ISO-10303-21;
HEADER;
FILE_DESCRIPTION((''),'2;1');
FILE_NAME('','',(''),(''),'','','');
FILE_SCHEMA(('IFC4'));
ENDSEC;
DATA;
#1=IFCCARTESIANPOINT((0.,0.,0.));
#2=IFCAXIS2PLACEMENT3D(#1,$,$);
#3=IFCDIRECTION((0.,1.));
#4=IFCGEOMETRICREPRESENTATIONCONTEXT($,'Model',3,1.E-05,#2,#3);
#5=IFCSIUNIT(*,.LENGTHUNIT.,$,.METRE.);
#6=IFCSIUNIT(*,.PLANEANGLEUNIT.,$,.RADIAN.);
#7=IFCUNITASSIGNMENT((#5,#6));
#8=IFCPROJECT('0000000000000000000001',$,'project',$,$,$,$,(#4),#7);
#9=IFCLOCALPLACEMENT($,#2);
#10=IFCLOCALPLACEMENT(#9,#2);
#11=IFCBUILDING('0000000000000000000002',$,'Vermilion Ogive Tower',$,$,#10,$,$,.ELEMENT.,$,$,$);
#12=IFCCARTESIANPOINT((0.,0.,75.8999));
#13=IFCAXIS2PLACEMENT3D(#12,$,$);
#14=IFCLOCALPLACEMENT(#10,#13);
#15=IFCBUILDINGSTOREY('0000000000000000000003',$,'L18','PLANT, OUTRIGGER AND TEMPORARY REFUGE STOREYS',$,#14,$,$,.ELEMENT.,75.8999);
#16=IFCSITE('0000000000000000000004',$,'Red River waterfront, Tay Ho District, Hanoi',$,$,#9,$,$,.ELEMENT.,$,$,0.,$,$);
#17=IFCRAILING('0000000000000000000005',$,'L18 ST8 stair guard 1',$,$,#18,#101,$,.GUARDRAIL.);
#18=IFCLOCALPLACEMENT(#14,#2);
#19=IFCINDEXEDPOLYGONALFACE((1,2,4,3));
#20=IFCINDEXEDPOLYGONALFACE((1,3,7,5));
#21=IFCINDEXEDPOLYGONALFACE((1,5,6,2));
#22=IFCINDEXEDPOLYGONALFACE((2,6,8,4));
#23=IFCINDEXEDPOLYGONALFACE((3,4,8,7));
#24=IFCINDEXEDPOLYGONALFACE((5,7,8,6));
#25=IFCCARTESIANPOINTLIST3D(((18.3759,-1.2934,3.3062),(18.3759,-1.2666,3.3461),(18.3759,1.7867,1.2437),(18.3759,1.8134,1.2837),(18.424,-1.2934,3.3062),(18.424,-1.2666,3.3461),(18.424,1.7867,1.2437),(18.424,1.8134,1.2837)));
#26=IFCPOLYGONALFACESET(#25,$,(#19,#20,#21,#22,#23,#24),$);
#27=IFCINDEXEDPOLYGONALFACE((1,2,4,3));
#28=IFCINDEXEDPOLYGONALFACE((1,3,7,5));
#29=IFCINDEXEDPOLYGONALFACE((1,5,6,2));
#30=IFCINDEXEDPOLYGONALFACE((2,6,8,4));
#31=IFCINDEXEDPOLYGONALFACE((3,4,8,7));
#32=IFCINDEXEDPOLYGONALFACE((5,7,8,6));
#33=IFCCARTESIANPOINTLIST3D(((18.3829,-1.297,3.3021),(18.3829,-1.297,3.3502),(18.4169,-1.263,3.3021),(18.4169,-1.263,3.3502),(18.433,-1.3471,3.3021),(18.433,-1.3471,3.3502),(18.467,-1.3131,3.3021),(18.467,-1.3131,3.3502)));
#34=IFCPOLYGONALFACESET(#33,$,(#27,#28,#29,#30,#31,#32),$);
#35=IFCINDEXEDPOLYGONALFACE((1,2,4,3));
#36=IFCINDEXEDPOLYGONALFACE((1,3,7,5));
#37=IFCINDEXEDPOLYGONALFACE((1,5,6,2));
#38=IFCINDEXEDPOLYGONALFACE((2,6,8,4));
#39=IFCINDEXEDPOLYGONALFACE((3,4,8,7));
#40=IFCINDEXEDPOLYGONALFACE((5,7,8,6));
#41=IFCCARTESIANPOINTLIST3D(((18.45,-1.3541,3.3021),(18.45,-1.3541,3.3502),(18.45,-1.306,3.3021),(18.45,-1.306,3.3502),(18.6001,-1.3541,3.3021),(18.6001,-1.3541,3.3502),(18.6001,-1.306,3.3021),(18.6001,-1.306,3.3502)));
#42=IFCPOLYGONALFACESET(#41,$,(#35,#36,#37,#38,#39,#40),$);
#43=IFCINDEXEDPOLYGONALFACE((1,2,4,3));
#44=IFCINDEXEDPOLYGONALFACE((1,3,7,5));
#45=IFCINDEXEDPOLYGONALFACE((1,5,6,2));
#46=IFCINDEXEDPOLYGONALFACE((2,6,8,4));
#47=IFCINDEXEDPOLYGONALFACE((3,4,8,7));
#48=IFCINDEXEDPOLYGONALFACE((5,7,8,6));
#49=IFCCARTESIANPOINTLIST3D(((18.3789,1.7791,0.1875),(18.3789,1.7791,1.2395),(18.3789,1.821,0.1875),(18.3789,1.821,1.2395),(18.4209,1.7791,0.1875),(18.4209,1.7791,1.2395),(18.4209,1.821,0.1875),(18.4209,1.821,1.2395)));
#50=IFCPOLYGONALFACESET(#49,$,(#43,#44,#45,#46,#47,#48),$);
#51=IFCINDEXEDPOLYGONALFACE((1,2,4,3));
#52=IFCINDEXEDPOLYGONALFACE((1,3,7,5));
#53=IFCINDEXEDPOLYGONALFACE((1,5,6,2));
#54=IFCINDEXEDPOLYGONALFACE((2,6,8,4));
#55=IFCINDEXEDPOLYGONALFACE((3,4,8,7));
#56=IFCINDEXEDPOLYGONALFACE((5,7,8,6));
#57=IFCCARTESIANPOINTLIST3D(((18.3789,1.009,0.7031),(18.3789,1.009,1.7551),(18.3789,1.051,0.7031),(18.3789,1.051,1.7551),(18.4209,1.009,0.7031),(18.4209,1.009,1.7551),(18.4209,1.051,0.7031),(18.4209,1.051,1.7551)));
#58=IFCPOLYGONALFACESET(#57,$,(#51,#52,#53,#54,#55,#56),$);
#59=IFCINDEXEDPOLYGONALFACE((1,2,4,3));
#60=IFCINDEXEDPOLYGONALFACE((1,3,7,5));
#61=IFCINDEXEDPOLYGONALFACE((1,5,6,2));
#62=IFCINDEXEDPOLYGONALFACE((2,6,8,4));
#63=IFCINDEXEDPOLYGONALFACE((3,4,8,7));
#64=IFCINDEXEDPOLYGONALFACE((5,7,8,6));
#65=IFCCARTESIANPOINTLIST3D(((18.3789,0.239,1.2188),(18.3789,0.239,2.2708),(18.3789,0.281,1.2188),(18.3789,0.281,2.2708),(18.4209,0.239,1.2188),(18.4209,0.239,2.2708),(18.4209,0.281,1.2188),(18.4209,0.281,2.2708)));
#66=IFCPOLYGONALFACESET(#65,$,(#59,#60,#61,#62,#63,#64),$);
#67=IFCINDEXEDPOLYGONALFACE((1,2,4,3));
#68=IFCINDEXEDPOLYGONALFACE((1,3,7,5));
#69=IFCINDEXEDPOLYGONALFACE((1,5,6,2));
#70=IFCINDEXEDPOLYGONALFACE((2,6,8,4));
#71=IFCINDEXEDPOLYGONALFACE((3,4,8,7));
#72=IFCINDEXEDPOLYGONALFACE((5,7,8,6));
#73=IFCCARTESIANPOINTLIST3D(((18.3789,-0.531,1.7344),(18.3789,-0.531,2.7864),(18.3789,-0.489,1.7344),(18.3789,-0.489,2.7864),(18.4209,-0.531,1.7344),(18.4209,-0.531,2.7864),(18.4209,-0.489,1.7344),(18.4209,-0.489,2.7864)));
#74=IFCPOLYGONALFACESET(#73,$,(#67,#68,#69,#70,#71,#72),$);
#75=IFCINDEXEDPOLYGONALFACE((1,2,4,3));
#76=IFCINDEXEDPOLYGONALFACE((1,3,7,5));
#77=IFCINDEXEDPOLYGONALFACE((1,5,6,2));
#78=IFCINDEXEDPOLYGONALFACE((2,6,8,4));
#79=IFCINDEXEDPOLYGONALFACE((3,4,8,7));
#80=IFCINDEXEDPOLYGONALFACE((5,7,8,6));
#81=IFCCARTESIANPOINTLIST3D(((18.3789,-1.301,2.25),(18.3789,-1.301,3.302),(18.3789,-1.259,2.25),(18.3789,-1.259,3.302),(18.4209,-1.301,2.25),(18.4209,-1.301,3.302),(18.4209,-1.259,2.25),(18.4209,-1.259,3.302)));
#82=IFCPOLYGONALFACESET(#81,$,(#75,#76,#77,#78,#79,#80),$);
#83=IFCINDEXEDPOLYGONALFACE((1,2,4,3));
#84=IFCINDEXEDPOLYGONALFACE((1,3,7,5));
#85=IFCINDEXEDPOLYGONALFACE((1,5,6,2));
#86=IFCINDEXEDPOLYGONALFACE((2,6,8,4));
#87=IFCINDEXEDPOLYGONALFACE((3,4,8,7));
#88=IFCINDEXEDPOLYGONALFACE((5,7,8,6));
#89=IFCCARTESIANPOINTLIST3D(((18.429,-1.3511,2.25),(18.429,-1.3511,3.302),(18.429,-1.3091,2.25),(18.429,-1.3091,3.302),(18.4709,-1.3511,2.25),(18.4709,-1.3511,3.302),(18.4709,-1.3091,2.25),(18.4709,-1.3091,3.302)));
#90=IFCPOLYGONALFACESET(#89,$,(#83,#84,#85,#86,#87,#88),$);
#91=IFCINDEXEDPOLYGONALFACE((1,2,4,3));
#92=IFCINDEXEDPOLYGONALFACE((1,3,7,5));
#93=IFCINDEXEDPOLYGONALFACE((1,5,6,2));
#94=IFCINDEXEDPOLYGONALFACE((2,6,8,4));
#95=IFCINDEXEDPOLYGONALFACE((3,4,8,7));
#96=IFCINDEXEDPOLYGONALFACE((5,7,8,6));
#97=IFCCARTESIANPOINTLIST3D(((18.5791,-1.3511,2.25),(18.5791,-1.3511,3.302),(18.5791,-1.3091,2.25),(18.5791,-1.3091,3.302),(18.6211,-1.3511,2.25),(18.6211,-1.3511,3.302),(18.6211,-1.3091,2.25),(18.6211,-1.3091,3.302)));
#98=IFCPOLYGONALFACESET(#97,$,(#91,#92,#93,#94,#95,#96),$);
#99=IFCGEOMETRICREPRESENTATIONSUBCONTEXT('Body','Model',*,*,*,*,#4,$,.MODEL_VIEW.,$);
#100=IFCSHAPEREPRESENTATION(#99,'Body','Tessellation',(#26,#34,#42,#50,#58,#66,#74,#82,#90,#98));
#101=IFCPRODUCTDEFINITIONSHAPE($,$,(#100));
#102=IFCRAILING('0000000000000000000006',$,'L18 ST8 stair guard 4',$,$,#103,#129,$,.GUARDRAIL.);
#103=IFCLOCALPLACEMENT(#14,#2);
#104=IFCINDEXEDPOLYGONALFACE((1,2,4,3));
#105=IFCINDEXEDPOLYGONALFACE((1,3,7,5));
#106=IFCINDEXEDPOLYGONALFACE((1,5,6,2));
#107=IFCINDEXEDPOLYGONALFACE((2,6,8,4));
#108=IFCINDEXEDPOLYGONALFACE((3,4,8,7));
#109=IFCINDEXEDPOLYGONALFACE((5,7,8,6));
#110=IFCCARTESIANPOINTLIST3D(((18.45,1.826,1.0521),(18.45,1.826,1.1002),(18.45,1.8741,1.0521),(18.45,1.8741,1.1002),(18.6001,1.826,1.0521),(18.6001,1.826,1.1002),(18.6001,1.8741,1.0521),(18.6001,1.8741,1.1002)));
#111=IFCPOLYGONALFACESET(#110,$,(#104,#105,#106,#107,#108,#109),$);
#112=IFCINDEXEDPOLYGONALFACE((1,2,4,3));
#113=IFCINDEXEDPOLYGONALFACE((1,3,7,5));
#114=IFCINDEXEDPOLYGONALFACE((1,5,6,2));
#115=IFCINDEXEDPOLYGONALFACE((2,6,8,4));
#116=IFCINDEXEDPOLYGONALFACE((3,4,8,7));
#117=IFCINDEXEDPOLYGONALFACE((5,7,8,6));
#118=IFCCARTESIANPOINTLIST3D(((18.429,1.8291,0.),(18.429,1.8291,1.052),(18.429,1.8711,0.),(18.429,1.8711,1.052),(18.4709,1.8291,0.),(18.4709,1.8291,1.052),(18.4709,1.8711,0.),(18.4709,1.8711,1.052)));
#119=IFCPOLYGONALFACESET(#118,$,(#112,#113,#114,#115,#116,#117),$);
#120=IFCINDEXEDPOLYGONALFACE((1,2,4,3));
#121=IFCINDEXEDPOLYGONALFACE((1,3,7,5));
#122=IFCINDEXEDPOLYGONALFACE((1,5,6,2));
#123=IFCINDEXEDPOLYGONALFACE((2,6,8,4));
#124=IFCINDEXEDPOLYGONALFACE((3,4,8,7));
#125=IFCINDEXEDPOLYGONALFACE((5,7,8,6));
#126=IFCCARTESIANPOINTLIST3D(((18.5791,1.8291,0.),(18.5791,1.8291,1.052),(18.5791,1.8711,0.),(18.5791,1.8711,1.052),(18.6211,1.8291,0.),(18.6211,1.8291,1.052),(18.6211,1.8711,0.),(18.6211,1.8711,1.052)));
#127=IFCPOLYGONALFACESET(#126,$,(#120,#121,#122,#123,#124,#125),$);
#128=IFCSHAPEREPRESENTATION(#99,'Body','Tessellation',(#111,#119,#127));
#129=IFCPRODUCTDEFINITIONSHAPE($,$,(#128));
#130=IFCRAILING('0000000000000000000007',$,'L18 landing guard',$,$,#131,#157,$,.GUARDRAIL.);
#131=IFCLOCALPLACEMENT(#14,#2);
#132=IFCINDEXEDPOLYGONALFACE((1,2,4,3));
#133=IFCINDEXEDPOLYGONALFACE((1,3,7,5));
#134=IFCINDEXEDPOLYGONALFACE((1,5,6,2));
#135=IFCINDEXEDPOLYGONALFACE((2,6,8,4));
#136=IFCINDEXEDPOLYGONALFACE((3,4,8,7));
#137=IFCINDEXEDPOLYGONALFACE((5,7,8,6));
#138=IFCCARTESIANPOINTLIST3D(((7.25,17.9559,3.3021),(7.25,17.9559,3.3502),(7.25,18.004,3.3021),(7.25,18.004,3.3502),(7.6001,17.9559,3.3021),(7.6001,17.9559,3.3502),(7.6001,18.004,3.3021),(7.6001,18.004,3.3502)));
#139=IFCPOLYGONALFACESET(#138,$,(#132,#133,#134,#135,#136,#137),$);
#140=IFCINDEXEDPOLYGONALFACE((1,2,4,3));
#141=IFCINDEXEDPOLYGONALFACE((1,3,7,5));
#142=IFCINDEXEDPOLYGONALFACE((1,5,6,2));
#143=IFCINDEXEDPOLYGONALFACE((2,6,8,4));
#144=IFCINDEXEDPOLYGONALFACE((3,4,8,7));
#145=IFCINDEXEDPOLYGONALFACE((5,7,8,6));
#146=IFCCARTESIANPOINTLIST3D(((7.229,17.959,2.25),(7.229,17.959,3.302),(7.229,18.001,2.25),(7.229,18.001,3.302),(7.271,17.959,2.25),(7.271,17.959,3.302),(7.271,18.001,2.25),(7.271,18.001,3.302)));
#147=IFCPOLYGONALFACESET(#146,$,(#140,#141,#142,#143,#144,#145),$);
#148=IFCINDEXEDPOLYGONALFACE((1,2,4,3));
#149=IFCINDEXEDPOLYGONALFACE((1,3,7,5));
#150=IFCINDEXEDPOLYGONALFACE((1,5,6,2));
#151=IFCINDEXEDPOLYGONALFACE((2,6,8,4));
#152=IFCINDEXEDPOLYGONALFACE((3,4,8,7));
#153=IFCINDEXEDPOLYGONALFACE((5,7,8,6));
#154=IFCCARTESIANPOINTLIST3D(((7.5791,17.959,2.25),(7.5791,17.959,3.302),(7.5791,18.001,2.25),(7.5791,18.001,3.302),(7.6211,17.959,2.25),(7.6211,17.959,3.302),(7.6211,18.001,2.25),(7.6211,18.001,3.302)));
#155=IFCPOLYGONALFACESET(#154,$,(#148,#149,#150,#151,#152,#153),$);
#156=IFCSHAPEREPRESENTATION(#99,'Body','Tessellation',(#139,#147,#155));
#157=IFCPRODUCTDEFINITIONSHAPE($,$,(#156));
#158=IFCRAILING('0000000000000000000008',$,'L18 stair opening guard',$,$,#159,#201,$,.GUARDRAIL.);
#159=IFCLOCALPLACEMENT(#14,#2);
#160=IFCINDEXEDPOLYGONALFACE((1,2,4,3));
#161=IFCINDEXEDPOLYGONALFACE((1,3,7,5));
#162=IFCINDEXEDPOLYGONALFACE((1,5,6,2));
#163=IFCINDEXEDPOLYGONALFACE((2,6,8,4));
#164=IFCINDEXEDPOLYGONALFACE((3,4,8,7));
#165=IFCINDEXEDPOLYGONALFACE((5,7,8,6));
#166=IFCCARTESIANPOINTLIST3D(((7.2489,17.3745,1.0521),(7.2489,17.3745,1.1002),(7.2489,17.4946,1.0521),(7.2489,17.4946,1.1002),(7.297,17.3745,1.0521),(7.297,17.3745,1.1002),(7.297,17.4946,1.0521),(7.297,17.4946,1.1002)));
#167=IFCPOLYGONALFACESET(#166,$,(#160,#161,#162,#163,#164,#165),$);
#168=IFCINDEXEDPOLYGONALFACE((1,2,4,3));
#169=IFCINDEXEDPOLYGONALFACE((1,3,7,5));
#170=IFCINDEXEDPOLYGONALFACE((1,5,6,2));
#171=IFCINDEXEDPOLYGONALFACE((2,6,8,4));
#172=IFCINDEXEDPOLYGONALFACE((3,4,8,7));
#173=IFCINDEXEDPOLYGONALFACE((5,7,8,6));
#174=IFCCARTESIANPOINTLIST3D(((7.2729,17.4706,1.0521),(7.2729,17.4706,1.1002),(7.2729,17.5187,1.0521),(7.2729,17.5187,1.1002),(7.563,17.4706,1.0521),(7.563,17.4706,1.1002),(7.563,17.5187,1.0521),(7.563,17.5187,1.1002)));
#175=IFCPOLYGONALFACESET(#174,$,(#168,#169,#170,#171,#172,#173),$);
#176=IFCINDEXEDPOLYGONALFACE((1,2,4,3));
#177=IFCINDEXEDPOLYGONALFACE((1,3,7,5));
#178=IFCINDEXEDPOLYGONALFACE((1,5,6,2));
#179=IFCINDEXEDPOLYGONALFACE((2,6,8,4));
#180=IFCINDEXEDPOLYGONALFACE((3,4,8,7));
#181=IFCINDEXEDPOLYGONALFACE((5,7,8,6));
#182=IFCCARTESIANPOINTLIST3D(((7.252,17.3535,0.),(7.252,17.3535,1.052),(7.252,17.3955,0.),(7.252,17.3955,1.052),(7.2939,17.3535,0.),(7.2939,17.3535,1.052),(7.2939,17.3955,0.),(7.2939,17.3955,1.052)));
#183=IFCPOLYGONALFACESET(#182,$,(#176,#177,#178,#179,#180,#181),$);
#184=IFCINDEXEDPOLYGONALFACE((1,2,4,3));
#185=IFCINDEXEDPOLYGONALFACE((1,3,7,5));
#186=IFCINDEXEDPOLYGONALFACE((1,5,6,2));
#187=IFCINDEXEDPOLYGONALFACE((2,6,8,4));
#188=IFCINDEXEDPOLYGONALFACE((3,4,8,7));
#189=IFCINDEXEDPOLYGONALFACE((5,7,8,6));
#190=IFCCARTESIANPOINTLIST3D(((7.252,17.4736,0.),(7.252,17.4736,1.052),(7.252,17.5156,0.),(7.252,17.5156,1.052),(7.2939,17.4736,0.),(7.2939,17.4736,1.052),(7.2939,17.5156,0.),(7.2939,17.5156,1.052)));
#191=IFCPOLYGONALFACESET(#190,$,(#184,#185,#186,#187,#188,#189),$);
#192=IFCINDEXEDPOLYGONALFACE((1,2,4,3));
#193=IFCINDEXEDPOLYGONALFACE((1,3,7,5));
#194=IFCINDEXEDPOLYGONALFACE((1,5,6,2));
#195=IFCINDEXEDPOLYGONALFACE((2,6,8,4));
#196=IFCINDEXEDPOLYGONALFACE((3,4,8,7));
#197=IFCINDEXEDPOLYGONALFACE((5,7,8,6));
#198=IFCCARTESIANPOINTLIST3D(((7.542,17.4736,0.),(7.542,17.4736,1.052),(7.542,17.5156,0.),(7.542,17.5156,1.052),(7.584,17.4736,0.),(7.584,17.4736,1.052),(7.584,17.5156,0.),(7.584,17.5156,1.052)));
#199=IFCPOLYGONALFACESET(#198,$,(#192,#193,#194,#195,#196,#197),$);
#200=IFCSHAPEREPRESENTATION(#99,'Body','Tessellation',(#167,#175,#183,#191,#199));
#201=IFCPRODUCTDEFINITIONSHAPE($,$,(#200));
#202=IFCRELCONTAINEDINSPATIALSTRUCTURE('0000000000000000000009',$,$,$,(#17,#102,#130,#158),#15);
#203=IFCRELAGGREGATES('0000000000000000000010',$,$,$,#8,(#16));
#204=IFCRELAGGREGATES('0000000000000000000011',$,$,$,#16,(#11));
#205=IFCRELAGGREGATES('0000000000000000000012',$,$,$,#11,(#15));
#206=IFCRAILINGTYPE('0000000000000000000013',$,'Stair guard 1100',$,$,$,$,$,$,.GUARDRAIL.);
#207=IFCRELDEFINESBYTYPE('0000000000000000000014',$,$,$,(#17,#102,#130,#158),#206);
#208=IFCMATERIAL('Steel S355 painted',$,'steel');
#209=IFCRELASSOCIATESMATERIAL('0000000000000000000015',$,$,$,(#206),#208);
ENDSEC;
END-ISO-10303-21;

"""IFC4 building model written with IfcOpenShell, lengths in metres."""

from ifc_helpers import new_model, si_unit, direction, frame, origin, origin_2d, place, context, subcontext, project, spatial, rectangle, extrude, material, type_object, element, save


model = new_model("IFC4")

# Units and contexts
model_context = context("Model", 3, precision=1e-05, world=origin(), true_north=direction((0.0, 1.0)))
body_context = subcontext(model_context, "Body", "Model", "MODEL_VIEW")
ifc_project = project(units=[si_unit("LENGTHUNIT", "METRE"), si_unit("PLANEANGLEUNIT", "RADIAN")], contexts=[model_context])

# Site, building, storey
site_placement = place(None, origin())
site = spatial("IfcSite", under=ifc_project, at=site_placement, Name="Red River waterfront, Tay Ho District, Hanoi", CompositionType="ELEMENT", RefElevation=0.0)
building_placement = place(site_placement, origin())
building = spatial("IfcBuilding", under=site, at=building_placement, Name="Vermilion Ogive Tower", CompositionType="ELEMENT")
storey_placement = place(building_placement, frame((0.0, 0.0, 75.8999)))
storey = spatial("IfcBuildingStorey", under=building, at=storey_placement, Name="L18", Description="PLANT, OUTRIGGER AND TEMPORARY REFUGE STOREYS", CompositionType="ELEMENT", Elevation=75.8999)

# Railings
ifc_material_1 = material(Name="Steel S355 painted", Category="steel")
railing_type_1 = type_object("IfcRailingType", Name="Stair guard 1100", PredefinedType="GUARDRAIL", material=ifc_material_1)
railing_1_placement = place(storey_placement, frame((18.3999, 1.8, 0.1875)))
element("IfcRailing", 1, at=railing_1_placement, inside=storey, type_object=railing_type_1, Name="L18 ST8 stair guard 1", PredefinedType="GUARDRAIL", context=body_context, shape_type="SweptSolid", body=[
    extrude(rectangle(XDim=0.0481, YDim=0.0481, at=origin_2d()), frame((0.0, 0.0, 1.0762), z_axis=(0.0, -0.830914, 0.556401), x_axis=(1.0, 0.0, 0.0)), (0.0, 0.0, 1.0), 3.7068),
    extrude(rectangle(XDim=0.0481, YDim=0.0481, at=origin_2d()), frame((0.0, -3.0801, 3.1387), z_axis=(0.707107, -0.707107, 0.0), x_axis=(0.707107, 0.707107, 0.0)), (0.0, 0.0, 1.0), 0.0708),
    extrude(rectangle(XDim=0.0481, YDim=0.0481, at=origin_2d()), frame((0.05, -3.1301, 3.1387), z_axis=(1.0, 0.0, 0.0), x_axis=(0.0, 1.0, 0.0)), (0.0, 0.0, 1.0), 0.1501),
    extrude(rectangle(XDim=0.042, YDim=0.042, at=origin_2d()), origin(), (0.0, 0.0, 1.0), 1.052),
    extrude(rectangle(XDim=0.042, YDim=0.042, at=origin_2d()), frame((0.0, -0.77, 0.5156)), (0.0, 0.0, 1.0), 1.052),
    extrude(rectangle(XDim=0.042, YDim=0.042, at=origin_2d()), frame((0.0, -1.54, 1.0312)), (0.0, 0.0, 1.0), 1.052),
    extrude(rectangle(XDim=0.042, YDim=0.042, at=origin_2d()), frame((0.0, -2.3101, 1.5469)), (0.0, 0.0, 1.0), 1.052),
    extrude(rectangle(XDim=0.042, YDim=0.042, at=origin_2d()), frame((0.0, -3.0801, 2.0625)), (0.0, 0.0, 1.0), 1.052),
    extrude(rectangle(XDim=0.042, YDim=0.042, at=origin_2d()), frame((0.05, -3.1301, 2.0625)), (0.0, 0.0, 1.0), 1.052),
    extrude(rectangle(XDim=0.042, YDim=0.042, at=origin_2d()), frame((0.2002, -3.1301, 2.0625)), (0.0, 0.0, 1.0), 1.052),
])
railing_2_placement = place(storey_placement, frame((18.45, 1.8501, 0.0)))
element("IfcRailing", 2, at=railing_2_placement, inside=storey, type_object=railing_type_1, Name="L18 ST8 stair guard 4", PredefinedType="GUARDRAIL", context=body_context, shape_type="SweptSolid", body=[
    extrude(rectangle(XDim=0.0481, YDim=0.0481, at=origin_2d()), frame((0.0, 0.0, 1.0762), z_axis=(1.0, 0.0, 0.0), x_axis=(0.0, 1.0, 0.0)), (0.0, 0.0, 1.0), 0.1501),
    extrude(rectangle(XDim=0.042, YDim=0.042, at=origin_2d()), origin(), (0.0, 0.0, 1.0), 1.052),
    extrude(rectangle(XDim=0.042, YDim=0.042, at=origin_2d()), frame((0.1501, 0.0, 0.0)), (0.0, 0.0, 1.0), 1.052),
])
railing_3_placement = place(storey_placement, frame((7.25, 17.98, 2.25)))
element("IfcRailing", 3, at=railing_3_placement, inside=storey, type_object=railing_type_1, Name="L18 landing guard", PredefinedType="GUARDRAIL", context=body_context, shape_type="SweptSolid", body=[
    extrude(rectangle(XDim=0.0481, YDim=0.0481, at=origin_2d()), frame((0.0, 0.0, 1.0762), z_axis=(1.0, 0.0, 0.0), x_axis=(0.0, 1.0, 0.0)), (0.0, 0.0, 1.0), 0.3501),
    extrude(rectangle(XDim=0.042, YDim=0.042, at=origin_2d()), origin(), (0.0, 0.0, 1.0), 1.052),
    extrude(rectangle(XDim=0.042, YDim=0.042, at=origin_2d()), frame((0.3501, 0.0, 0.0)), (0.0, 0.0, 1.0), 1.052),
])
railing_4_placement = place(storey_placement, frame((7.2729, 17.3745, 0.0)))
element("IfcRailing", 4, at=railing_4_placement, inside=storey, type_object=railing_type_1, Name="L18 stair opening guard", PredefinedType="GUARDRAIL", context=body_context, shape_type="SweptSolid", body=[
    extrude(rectangle(XDim=0.0481, YDim=0.0481, at=origin_2d()), frame((0.0, 0.0, 1.0762), z_axis=(0.0, 1.0, 0.0), x_axis=(-1.0, 0.0, 0.0)), (0.0, 0.0, 1.0), 0.1201),
    extrude(rectangle(XDim=0.0481, YDim=0.0481, at=origin_2d()), frame((0.0, 0.1201, 1.0762), z_axis=(1.0, 0.0, 0.0), x_axis=(0.0, 1.0, 0.0)), (0.0, 0.0, 1.0), 0.29),
    extrude(rectangle(XDim=0.042, YDim=0.042, at=origin_2d()), origin(), (0.0, 0.0, 1.0), 1.052),
    extrude(rectangle(XDim=0.042, YDim=0.042, at=origin_2d()), frame((0.0, 0.1201, 0.0)), (0.0, 0.0, 1.0), 1.052),
    extrude(rectangle(XDim=0.042, YDim=0.042, at=origin_2d()), frame((0.29, 0.1201, 0.0)), (0.0, 0.0, 1.0), 1.052),
])

save(model, "model.ifc")
